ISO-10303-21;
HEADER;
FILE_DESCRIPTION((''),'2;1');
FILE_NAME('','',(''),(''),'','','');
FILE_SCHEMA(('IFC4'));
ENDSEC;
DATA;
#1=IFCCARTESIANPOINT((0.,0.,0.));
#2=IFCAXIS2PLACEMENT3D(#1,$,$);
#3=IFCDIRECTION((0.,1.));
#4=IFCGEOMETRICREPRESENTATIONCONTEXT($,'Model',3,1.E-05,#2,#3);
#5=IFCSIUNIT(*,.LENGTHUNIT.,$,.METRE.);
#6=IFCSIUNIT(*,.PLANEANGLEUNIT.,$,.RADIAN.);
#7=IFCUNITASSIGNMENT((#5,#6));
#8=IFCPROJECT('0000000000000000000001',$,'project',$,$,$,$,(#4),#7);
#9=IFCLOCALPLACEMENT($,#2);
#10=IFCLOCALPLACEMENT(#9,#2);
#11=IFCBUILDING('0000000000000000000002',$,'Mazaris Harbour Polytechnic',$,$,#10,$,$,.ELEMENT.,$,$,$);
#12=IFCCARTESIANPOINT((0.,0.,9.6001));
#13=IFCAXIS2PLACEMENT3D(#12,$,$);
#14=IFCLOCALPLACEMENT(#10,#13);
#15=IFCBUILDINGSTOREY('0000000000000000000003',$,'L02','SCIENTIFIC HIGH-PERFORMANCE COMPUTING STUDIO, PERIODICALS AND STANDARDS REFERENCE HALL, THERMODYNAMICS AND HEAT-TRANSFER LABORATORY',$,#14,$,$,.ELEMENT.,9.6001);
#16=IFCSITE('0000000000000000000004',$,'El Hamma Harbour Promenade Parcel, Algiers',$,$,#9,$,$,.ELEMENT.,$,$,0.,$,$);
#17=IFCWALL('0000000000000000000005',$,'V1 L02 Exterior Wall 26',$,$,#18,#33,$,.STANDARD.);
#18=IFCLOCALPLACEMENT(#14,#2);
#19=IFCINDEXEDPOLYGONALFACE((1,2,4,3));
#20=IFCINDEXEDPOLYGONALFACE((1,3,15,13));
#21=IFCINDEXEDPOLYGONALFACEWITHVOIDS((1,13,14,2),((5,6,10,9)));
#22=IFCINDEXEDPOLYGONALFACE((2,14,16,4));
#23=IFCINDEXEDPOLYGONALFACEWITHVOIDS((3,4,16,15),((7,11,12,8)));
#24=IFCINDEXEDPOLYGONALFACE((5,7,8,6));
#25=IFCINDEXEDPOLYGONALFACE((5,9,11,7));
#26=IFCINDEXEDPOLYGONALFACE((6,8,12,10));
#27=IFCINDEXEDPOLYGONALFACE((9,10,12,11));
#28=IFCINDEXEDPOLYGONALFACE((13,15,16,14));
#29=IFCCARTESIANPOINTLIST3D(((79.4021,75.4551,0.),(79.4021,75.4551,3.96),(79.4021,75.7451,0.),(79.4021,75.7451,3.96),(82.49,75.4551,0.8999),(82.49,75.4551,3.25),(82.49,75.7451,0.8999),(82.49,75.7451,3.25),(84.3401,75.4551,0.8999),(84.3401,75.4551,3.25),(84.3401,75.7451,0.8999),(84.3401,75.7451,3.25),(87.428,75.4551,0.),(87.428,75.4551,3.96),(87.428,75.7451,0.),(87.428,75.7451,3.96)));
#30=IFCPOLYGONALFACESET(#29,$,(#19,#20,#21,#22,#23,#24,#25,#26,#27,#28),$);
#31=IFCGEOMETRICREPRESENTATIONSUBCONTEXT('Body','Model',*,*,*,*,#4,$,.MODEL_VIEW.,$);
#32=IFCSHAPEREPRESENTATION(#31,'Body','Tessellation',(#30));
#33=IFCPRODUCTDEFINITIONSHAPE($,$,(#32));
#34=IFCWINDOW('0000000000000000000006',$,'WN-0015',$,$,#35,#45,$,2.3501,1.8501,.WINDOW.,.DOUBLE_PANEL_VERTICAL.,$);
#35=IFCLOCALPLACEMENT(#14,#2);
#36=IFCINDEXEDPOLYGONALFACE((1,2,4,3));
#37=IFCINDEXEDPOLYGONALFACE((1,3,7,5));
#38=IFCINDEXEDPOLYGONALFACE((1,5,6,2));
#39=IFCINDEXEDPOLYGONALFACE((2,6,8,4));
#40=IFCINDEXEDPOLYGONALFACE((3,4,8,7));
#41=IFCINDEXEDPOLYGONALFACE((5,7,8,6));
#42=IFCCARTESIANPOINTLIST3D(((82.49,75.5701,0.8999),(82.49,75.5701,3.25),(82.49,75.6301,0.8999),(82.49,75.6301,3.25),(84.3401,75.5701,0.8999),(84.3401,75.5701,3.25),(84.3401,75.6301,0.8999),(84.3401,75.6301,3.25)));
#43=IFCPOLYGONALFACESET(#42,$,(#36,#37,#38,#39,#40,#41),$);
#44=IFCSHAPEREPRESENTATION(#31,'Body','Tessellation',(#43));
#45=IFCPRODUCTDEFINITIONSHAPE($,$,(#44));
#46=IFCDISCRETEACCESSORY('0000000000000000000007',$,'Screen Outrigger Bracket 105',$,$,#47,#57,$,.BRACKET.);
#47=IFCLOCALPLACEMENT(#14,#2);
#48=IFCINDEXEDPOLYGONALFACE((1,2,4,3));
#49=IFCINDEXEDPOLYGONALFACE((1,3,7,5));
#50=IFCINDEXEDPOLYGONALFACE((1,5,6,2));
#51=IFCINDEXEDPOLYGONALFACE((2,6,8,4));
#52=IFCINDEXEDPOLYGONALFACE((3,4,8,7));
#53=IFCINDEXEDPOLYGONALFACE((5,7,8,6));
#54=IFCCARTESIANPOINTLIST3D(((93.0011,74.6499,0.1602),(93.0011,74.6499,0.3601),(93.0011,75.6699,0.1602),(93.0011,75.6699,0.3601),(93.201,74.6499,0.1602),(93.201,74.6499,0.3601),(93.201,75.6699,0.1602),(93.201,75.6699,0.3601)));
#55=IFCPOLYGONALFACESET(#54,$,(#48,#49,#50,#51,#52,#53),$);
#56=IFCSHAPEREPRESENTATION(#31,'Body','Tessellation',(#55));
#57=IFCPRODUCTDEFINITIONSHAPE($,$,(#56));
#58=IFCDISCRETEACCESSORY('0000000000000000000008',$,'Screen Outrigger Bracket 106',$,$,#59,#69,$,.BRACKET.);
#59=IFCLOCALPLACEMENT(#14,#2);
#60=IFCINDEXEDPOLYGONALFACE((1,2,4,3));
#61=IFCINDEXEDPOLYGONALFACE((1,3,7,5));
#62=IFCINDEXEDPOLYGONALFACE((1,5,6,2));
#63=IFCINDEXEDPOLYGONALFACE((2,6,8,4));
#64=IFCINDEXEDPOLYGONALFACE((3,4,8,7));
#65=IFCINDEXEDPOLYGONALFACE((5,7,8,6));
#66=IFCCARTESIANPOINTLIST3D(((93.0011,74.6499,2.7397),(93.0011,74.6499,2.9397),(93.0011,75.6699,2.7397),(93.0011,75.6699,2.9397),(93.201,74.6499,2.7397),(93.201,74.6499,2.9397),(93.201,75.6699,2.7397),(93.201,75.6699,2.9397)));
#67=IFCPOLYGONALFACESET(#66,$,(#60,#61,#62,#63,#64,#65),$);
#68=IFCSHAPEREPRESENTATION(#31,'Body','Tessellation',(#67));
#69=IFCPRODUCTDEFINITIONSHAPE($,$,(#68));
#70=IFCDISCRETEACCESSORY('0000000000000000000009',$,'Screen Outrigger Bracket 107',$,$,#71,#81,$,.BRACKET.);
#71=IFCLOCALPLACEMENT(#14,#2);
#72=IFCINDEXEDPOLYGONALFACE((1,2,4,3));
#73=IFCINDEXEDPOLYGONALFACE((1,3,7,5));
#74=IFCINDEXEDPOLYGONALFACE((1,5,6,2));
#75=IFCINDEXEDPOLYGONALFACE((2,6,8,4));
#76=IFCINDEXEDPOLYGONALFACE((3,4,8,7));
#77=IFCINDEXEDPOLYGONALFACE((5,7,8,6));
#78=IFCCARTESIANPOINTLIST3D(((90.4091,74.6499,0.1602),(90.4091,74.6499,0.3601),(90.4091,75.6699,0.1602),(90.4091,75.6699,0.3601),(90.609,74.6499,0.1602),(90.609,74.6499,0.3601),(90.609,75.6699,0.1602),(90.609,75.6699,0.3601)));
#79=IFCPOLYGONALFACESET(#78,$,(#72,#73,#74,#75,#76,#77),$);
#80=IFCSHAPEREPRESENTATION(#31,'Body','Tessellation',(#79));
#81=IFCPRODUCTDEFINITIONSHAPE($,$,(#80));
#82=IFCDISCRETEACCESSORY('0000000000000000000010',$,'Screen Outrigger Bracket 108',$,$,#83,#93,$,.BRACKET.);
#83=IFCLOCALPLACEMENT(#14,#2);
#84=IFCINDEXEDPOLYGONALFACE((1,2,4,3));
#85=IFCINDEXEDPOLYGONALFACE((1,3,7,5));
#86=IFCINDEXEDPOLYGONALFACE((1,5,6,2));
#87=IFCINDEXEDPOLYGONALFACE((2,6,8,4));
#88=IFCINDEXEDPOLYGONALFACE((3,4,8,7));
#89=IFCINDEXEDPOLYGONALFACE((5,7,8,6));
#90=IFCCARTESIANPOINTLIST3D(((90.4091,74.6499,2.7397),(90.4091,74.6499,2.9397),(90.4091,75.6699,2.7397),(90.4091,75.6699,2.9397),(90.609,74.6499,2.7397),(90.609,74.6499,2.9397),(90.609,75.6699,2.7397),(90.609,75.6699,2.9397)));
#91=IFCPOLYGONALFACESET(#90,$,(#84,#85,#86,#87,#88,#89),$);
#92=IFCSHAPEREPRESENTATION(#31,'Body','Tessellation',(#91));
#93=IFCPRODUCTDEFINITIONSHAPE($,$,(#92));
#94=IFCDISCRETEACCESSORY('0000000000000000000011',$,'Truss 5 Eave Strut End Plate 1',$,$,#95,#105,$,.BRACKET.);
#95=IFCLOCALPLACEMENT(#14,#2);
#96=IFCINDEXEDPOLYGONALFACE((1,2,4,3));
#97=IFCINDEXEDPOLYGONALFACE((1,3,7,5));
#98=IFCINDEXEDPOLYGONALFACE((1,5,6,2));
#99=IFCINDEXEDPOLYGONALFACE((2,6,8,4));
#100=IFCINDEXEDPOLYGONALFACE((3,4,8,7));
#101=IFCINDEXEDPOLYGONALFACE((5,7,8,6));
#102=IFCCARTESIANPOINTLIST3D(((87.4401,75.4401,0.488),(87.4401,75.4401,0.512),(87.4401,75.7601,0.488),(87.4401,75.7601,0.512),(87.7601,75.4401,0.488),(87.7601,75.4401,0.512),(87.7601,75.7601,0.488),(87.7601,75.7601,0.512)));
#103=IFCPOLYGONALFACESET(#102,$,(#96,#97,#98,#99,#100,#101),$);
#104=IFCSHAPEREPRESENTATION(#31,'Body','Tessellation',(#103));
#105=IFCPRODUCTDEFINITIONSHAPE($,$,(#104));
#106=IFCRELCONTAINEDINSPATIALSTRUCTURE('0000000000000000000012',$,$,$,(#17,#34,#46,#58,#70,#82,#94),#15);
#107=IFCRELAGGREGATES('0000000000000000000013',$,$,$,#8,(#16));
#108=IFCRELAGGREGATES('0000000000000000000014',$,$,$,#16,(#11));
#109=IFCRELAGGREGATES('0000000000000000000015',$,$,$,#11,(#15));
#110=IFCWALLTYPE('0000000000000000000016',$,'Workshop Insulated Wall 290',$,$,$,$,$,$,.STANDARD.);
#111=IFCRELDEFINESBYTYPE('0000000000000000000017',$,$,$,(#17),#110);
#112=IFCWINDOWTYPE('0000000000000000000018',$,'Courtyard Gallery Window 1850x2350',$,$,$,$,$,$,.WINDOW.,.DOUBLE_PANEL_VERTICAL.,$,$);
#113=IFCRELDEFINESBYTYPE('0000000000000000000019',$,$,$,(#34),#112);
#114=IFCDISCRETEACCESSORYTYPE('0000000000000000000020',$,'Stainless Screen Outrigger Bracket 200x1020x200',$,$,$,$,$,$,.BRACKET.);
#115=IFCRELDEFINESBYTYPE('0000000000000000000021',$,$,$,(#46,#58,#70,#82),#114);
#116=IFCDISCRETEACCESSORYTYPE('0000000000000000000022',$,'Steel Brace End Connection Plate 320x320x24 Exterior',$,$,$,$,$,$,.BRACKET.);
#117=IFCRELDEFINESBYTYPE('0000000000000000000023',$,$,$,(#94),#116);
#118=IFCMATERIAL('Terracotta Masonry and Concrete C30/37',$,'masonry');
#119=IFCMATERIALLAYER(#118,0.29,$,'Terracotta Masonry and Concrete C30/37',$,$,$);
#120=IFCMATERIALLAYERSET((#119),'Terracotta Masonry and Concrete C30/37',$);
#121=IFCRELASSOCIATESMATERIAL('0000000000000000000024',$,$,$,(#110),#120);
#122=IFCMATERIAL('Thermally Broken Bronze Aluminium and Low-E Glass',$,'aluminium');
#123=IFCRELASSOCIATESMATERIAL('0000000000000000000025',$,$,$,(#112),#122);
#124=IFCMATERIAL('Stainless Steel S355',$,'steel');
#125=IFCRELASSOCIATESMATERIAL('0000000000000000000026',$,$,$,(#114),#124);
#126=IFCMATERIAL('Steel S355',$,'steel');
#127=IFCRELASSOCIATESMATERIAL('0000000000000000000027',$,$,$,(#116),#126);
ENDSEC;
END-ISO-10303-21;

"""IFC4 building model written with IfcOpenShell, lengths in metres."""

from ifc_helpers import new_model, si_unit, direction, frame, frame_2d, origin, origin_2d, place, context, subcontext, project, spatial, rectangle, extrude, material, layer, layer_set, type_object, element, fill, save


model = new_model("IFC4")

# Units and contexts
model_context = context("Model", 3, precision=1e-05, world=origin(), true_north=direction((0.0, 1.0)))
body_context = subcontext(model_context, "Body", "Model", "MODEL_VIEW")
ifc_project = project(units=[si_unit("LENGTHUNIT", "METRE"), si_unit("PLANEANGLEUNIT", "RADIAN")], contexts=[model_context])

# Site, building, storey
site_placement = place(None, origin())
site = spatial("IfcSite", under=ifc_project, at=site_placement, Name="El Hamma Harbour Promenade Parcel, Algiers", CompositionType="ELEMENT", RefElevation=0.0)
building_placement = place(site_placement, origin())
building = spatial("IfcBuilding", under=site, at=building_placement, Name="Mazaris Harbour Polytechnic", CompositionType="ELEMENT")
storey_placement = place(building_placement, frame((0.0, 0.0, 9.6001)))
storey = spatial("IfcBuildingStorey", under=building, at=storey_placement, Name="L02", Description="SCIENTIFIC HIGH-PERFORMANCE COMPUTING STUDIO, PERIODICALS AND STANDARDS REFERENCE HALL, THERMODYNAMICS AND HEAT-TRANSFER LABORATORY", CompositionType="ELEMENT", Elevation=9.6001)

# Wall, opening, window
ifc_material_1 = material(Name="Terracotta Masonry and Concrete C30/37", Category="masonry")
ifc_layer_1 = layer(ifc_material_1, 0.29, Name="Terracotta Masonry and Concrete C30/37")
ifc_layer_set_1 = layer_set([ifc_layer_1], Name="Terracotta Masonry and Concrete C30/37")
wall_type = type_object("IfcWallType", Name="Workshop Insulated Wall 290", PredefinedType="STANDARD", material=ifc_layer_set_1)
wall_placement = place(storey_placement, frame((87.428, 75.6001, 0.0), z_axis=(0.0, 0.0, 1.0), x_axis=(-1.0, 0.0, 0.0)))
wall = element("IfcWall", 1, at=wall_placement, inside=storey, type_object=wall_type, Name="V1 L02 Exterior Wall 26", PredefinedType="STANDARD", context=body_context, shape_type="SweptSolid", body=[
    extrude(rectangle(XDim=8.0259, YDim=0.29, at=frame_2d((4.0129, 0.0))), origin(), (0.0, 0.0, 1.0), 3.96),
])
opening_placement = place(wall_placement, frame((3.0879, 0.0, 0.8999)))
opening = element("IfcOpeningElement", 2, at=opening_placement, cuts=wall, PredefinedType="OPENING", context=body_context, shape_type="SweptSolid", body=[
    extrude(rectangle(XDim=1.8501, YDim=2.3501, at=frame_2d((0.925, 1.175))), frame((0.0, 0.155, 0.0), z_axis=(0.0, -1.0, 0.0), x_axis=(1.0, 0.0, 0.0)), (0.0, 0.0, 1.0), 0.3101),
])
ifc_material_2 = material(Name="Thermally Broken Bronze Aluminium and Low-E Glass", Category="aluminium")
window_type = type_object("IfcWindowType", Name="Courtyard Gallery Window 1850x2350", PartitioningType="DOUBLE_PANEL_VERTICAL", PredefinedType="WINDOW", material=ifc_material_2)
window_placement = place(opening_placement, origin())
window = element("IfcWindow", 3, at=window_placement, inside=storey, type_object=window_type, Name="WN-0015", OverallHeight=2.3501, OverallWidth=1.8501, PartitioningType="DOUBLE_PANEL_VERTICAL", PredefinedType="WINDOW", context=body_context, shape_type="SweptSolid", body=[
    extrude(rectangle(XDim=1.8501, YDim=2.3501, at=frame_2d((0.925, 1.175))), frame((0.0, 0.03, 0.0), z_axis=(0.0, -1.0, 0.0), x_axis=(1.0, 0.0, 0.0)), (0.0, 0.0, 1.0), 0.0601),
])
fill(opening, window)

# Discrete accessories
ifc_material_3 = material(Name="Stainless Steel S355", Category="steel")
discrete_accessory_type_1 = type_object("IfcDiscreteAccessoryType", Name="Stainless Screen Outrigger Bracket 200x1020x200", PredefinedType="BRACKET", material=ifc_material_3)
for number, where, z_axis, x_axis, name in (
    (4, (93.1011, 75.1599, 0.1602), (0.0, 0.0, 1.0), (-1.0, 0.0, 0.0), "Screen Outrigger Bracket 105"),
    (5, (93.1011, 75.1599, 2.7397), (0.0, 0.0, 1.0), (-1.0, 0.0, 0.0), "Screen Outrigger Bracket 106"),
    (6, (90.509, 75.1599, 0.1602), (0.0, 0.0, 1.0), (-1.0, 0.0, 0.0), "Screen Outrigger Bracket 107"),
    (7, (90.509, 75.1599, 2.7397), (0.0, 0.0, 1.0), (-1.0, 0.0, 0.0), "Screen Outrigger Bracket 108"),
):
    element("IfcDiscreteAccessory", number, at=place(storey_placement, frame(where, z_axis=z_axis, x_axis=x_axis)), inside=storey, type_object=discrete_accessory_type_1, Name=name, PredefinedType="BRACKET", context=body_context, shape_type="SweptSolid", body=[
        extrude(rectangle(XDim=0.2, YDim=1.02, at=origin_2d()), origin(), (0.0, 0.0, 1.0), 0.2),
    ])
ifc_material_4 = material(Name="Steel S355", Category="steel")
discrete_accessory_type_2 = type_object("IfcDiscreteAccessoryType", Name="Steel Brace End Connection Plate 320x320x24 Exterior", PredefinedType="BRACKET", material=ifc_material_4)
discrete_accessory_placement = place(storey_placement, frame((87.6001, 75.6001, 0.488), z_axis=(0.0, 0.0, 1.0), x_axis=(1.0, 0.0, 0.0)))
element("IfcDiscreteAccessory", 8, at=discrete_accessory_placement, inside=storey, type_object=discrete_accessory_type_2, Name="Truss 5 Eave Strut End Plate 1", PredefinedType="BRACKET", context=body_context, shape_type="SweptSolid", body=[
    extrude(rectangle(XDim=0.3201, YDim=0.3201, at=origin_2d()), origin(), (0.0, 0.0, 1.0), 0.0239),
])

save(model, "model.ifc")
